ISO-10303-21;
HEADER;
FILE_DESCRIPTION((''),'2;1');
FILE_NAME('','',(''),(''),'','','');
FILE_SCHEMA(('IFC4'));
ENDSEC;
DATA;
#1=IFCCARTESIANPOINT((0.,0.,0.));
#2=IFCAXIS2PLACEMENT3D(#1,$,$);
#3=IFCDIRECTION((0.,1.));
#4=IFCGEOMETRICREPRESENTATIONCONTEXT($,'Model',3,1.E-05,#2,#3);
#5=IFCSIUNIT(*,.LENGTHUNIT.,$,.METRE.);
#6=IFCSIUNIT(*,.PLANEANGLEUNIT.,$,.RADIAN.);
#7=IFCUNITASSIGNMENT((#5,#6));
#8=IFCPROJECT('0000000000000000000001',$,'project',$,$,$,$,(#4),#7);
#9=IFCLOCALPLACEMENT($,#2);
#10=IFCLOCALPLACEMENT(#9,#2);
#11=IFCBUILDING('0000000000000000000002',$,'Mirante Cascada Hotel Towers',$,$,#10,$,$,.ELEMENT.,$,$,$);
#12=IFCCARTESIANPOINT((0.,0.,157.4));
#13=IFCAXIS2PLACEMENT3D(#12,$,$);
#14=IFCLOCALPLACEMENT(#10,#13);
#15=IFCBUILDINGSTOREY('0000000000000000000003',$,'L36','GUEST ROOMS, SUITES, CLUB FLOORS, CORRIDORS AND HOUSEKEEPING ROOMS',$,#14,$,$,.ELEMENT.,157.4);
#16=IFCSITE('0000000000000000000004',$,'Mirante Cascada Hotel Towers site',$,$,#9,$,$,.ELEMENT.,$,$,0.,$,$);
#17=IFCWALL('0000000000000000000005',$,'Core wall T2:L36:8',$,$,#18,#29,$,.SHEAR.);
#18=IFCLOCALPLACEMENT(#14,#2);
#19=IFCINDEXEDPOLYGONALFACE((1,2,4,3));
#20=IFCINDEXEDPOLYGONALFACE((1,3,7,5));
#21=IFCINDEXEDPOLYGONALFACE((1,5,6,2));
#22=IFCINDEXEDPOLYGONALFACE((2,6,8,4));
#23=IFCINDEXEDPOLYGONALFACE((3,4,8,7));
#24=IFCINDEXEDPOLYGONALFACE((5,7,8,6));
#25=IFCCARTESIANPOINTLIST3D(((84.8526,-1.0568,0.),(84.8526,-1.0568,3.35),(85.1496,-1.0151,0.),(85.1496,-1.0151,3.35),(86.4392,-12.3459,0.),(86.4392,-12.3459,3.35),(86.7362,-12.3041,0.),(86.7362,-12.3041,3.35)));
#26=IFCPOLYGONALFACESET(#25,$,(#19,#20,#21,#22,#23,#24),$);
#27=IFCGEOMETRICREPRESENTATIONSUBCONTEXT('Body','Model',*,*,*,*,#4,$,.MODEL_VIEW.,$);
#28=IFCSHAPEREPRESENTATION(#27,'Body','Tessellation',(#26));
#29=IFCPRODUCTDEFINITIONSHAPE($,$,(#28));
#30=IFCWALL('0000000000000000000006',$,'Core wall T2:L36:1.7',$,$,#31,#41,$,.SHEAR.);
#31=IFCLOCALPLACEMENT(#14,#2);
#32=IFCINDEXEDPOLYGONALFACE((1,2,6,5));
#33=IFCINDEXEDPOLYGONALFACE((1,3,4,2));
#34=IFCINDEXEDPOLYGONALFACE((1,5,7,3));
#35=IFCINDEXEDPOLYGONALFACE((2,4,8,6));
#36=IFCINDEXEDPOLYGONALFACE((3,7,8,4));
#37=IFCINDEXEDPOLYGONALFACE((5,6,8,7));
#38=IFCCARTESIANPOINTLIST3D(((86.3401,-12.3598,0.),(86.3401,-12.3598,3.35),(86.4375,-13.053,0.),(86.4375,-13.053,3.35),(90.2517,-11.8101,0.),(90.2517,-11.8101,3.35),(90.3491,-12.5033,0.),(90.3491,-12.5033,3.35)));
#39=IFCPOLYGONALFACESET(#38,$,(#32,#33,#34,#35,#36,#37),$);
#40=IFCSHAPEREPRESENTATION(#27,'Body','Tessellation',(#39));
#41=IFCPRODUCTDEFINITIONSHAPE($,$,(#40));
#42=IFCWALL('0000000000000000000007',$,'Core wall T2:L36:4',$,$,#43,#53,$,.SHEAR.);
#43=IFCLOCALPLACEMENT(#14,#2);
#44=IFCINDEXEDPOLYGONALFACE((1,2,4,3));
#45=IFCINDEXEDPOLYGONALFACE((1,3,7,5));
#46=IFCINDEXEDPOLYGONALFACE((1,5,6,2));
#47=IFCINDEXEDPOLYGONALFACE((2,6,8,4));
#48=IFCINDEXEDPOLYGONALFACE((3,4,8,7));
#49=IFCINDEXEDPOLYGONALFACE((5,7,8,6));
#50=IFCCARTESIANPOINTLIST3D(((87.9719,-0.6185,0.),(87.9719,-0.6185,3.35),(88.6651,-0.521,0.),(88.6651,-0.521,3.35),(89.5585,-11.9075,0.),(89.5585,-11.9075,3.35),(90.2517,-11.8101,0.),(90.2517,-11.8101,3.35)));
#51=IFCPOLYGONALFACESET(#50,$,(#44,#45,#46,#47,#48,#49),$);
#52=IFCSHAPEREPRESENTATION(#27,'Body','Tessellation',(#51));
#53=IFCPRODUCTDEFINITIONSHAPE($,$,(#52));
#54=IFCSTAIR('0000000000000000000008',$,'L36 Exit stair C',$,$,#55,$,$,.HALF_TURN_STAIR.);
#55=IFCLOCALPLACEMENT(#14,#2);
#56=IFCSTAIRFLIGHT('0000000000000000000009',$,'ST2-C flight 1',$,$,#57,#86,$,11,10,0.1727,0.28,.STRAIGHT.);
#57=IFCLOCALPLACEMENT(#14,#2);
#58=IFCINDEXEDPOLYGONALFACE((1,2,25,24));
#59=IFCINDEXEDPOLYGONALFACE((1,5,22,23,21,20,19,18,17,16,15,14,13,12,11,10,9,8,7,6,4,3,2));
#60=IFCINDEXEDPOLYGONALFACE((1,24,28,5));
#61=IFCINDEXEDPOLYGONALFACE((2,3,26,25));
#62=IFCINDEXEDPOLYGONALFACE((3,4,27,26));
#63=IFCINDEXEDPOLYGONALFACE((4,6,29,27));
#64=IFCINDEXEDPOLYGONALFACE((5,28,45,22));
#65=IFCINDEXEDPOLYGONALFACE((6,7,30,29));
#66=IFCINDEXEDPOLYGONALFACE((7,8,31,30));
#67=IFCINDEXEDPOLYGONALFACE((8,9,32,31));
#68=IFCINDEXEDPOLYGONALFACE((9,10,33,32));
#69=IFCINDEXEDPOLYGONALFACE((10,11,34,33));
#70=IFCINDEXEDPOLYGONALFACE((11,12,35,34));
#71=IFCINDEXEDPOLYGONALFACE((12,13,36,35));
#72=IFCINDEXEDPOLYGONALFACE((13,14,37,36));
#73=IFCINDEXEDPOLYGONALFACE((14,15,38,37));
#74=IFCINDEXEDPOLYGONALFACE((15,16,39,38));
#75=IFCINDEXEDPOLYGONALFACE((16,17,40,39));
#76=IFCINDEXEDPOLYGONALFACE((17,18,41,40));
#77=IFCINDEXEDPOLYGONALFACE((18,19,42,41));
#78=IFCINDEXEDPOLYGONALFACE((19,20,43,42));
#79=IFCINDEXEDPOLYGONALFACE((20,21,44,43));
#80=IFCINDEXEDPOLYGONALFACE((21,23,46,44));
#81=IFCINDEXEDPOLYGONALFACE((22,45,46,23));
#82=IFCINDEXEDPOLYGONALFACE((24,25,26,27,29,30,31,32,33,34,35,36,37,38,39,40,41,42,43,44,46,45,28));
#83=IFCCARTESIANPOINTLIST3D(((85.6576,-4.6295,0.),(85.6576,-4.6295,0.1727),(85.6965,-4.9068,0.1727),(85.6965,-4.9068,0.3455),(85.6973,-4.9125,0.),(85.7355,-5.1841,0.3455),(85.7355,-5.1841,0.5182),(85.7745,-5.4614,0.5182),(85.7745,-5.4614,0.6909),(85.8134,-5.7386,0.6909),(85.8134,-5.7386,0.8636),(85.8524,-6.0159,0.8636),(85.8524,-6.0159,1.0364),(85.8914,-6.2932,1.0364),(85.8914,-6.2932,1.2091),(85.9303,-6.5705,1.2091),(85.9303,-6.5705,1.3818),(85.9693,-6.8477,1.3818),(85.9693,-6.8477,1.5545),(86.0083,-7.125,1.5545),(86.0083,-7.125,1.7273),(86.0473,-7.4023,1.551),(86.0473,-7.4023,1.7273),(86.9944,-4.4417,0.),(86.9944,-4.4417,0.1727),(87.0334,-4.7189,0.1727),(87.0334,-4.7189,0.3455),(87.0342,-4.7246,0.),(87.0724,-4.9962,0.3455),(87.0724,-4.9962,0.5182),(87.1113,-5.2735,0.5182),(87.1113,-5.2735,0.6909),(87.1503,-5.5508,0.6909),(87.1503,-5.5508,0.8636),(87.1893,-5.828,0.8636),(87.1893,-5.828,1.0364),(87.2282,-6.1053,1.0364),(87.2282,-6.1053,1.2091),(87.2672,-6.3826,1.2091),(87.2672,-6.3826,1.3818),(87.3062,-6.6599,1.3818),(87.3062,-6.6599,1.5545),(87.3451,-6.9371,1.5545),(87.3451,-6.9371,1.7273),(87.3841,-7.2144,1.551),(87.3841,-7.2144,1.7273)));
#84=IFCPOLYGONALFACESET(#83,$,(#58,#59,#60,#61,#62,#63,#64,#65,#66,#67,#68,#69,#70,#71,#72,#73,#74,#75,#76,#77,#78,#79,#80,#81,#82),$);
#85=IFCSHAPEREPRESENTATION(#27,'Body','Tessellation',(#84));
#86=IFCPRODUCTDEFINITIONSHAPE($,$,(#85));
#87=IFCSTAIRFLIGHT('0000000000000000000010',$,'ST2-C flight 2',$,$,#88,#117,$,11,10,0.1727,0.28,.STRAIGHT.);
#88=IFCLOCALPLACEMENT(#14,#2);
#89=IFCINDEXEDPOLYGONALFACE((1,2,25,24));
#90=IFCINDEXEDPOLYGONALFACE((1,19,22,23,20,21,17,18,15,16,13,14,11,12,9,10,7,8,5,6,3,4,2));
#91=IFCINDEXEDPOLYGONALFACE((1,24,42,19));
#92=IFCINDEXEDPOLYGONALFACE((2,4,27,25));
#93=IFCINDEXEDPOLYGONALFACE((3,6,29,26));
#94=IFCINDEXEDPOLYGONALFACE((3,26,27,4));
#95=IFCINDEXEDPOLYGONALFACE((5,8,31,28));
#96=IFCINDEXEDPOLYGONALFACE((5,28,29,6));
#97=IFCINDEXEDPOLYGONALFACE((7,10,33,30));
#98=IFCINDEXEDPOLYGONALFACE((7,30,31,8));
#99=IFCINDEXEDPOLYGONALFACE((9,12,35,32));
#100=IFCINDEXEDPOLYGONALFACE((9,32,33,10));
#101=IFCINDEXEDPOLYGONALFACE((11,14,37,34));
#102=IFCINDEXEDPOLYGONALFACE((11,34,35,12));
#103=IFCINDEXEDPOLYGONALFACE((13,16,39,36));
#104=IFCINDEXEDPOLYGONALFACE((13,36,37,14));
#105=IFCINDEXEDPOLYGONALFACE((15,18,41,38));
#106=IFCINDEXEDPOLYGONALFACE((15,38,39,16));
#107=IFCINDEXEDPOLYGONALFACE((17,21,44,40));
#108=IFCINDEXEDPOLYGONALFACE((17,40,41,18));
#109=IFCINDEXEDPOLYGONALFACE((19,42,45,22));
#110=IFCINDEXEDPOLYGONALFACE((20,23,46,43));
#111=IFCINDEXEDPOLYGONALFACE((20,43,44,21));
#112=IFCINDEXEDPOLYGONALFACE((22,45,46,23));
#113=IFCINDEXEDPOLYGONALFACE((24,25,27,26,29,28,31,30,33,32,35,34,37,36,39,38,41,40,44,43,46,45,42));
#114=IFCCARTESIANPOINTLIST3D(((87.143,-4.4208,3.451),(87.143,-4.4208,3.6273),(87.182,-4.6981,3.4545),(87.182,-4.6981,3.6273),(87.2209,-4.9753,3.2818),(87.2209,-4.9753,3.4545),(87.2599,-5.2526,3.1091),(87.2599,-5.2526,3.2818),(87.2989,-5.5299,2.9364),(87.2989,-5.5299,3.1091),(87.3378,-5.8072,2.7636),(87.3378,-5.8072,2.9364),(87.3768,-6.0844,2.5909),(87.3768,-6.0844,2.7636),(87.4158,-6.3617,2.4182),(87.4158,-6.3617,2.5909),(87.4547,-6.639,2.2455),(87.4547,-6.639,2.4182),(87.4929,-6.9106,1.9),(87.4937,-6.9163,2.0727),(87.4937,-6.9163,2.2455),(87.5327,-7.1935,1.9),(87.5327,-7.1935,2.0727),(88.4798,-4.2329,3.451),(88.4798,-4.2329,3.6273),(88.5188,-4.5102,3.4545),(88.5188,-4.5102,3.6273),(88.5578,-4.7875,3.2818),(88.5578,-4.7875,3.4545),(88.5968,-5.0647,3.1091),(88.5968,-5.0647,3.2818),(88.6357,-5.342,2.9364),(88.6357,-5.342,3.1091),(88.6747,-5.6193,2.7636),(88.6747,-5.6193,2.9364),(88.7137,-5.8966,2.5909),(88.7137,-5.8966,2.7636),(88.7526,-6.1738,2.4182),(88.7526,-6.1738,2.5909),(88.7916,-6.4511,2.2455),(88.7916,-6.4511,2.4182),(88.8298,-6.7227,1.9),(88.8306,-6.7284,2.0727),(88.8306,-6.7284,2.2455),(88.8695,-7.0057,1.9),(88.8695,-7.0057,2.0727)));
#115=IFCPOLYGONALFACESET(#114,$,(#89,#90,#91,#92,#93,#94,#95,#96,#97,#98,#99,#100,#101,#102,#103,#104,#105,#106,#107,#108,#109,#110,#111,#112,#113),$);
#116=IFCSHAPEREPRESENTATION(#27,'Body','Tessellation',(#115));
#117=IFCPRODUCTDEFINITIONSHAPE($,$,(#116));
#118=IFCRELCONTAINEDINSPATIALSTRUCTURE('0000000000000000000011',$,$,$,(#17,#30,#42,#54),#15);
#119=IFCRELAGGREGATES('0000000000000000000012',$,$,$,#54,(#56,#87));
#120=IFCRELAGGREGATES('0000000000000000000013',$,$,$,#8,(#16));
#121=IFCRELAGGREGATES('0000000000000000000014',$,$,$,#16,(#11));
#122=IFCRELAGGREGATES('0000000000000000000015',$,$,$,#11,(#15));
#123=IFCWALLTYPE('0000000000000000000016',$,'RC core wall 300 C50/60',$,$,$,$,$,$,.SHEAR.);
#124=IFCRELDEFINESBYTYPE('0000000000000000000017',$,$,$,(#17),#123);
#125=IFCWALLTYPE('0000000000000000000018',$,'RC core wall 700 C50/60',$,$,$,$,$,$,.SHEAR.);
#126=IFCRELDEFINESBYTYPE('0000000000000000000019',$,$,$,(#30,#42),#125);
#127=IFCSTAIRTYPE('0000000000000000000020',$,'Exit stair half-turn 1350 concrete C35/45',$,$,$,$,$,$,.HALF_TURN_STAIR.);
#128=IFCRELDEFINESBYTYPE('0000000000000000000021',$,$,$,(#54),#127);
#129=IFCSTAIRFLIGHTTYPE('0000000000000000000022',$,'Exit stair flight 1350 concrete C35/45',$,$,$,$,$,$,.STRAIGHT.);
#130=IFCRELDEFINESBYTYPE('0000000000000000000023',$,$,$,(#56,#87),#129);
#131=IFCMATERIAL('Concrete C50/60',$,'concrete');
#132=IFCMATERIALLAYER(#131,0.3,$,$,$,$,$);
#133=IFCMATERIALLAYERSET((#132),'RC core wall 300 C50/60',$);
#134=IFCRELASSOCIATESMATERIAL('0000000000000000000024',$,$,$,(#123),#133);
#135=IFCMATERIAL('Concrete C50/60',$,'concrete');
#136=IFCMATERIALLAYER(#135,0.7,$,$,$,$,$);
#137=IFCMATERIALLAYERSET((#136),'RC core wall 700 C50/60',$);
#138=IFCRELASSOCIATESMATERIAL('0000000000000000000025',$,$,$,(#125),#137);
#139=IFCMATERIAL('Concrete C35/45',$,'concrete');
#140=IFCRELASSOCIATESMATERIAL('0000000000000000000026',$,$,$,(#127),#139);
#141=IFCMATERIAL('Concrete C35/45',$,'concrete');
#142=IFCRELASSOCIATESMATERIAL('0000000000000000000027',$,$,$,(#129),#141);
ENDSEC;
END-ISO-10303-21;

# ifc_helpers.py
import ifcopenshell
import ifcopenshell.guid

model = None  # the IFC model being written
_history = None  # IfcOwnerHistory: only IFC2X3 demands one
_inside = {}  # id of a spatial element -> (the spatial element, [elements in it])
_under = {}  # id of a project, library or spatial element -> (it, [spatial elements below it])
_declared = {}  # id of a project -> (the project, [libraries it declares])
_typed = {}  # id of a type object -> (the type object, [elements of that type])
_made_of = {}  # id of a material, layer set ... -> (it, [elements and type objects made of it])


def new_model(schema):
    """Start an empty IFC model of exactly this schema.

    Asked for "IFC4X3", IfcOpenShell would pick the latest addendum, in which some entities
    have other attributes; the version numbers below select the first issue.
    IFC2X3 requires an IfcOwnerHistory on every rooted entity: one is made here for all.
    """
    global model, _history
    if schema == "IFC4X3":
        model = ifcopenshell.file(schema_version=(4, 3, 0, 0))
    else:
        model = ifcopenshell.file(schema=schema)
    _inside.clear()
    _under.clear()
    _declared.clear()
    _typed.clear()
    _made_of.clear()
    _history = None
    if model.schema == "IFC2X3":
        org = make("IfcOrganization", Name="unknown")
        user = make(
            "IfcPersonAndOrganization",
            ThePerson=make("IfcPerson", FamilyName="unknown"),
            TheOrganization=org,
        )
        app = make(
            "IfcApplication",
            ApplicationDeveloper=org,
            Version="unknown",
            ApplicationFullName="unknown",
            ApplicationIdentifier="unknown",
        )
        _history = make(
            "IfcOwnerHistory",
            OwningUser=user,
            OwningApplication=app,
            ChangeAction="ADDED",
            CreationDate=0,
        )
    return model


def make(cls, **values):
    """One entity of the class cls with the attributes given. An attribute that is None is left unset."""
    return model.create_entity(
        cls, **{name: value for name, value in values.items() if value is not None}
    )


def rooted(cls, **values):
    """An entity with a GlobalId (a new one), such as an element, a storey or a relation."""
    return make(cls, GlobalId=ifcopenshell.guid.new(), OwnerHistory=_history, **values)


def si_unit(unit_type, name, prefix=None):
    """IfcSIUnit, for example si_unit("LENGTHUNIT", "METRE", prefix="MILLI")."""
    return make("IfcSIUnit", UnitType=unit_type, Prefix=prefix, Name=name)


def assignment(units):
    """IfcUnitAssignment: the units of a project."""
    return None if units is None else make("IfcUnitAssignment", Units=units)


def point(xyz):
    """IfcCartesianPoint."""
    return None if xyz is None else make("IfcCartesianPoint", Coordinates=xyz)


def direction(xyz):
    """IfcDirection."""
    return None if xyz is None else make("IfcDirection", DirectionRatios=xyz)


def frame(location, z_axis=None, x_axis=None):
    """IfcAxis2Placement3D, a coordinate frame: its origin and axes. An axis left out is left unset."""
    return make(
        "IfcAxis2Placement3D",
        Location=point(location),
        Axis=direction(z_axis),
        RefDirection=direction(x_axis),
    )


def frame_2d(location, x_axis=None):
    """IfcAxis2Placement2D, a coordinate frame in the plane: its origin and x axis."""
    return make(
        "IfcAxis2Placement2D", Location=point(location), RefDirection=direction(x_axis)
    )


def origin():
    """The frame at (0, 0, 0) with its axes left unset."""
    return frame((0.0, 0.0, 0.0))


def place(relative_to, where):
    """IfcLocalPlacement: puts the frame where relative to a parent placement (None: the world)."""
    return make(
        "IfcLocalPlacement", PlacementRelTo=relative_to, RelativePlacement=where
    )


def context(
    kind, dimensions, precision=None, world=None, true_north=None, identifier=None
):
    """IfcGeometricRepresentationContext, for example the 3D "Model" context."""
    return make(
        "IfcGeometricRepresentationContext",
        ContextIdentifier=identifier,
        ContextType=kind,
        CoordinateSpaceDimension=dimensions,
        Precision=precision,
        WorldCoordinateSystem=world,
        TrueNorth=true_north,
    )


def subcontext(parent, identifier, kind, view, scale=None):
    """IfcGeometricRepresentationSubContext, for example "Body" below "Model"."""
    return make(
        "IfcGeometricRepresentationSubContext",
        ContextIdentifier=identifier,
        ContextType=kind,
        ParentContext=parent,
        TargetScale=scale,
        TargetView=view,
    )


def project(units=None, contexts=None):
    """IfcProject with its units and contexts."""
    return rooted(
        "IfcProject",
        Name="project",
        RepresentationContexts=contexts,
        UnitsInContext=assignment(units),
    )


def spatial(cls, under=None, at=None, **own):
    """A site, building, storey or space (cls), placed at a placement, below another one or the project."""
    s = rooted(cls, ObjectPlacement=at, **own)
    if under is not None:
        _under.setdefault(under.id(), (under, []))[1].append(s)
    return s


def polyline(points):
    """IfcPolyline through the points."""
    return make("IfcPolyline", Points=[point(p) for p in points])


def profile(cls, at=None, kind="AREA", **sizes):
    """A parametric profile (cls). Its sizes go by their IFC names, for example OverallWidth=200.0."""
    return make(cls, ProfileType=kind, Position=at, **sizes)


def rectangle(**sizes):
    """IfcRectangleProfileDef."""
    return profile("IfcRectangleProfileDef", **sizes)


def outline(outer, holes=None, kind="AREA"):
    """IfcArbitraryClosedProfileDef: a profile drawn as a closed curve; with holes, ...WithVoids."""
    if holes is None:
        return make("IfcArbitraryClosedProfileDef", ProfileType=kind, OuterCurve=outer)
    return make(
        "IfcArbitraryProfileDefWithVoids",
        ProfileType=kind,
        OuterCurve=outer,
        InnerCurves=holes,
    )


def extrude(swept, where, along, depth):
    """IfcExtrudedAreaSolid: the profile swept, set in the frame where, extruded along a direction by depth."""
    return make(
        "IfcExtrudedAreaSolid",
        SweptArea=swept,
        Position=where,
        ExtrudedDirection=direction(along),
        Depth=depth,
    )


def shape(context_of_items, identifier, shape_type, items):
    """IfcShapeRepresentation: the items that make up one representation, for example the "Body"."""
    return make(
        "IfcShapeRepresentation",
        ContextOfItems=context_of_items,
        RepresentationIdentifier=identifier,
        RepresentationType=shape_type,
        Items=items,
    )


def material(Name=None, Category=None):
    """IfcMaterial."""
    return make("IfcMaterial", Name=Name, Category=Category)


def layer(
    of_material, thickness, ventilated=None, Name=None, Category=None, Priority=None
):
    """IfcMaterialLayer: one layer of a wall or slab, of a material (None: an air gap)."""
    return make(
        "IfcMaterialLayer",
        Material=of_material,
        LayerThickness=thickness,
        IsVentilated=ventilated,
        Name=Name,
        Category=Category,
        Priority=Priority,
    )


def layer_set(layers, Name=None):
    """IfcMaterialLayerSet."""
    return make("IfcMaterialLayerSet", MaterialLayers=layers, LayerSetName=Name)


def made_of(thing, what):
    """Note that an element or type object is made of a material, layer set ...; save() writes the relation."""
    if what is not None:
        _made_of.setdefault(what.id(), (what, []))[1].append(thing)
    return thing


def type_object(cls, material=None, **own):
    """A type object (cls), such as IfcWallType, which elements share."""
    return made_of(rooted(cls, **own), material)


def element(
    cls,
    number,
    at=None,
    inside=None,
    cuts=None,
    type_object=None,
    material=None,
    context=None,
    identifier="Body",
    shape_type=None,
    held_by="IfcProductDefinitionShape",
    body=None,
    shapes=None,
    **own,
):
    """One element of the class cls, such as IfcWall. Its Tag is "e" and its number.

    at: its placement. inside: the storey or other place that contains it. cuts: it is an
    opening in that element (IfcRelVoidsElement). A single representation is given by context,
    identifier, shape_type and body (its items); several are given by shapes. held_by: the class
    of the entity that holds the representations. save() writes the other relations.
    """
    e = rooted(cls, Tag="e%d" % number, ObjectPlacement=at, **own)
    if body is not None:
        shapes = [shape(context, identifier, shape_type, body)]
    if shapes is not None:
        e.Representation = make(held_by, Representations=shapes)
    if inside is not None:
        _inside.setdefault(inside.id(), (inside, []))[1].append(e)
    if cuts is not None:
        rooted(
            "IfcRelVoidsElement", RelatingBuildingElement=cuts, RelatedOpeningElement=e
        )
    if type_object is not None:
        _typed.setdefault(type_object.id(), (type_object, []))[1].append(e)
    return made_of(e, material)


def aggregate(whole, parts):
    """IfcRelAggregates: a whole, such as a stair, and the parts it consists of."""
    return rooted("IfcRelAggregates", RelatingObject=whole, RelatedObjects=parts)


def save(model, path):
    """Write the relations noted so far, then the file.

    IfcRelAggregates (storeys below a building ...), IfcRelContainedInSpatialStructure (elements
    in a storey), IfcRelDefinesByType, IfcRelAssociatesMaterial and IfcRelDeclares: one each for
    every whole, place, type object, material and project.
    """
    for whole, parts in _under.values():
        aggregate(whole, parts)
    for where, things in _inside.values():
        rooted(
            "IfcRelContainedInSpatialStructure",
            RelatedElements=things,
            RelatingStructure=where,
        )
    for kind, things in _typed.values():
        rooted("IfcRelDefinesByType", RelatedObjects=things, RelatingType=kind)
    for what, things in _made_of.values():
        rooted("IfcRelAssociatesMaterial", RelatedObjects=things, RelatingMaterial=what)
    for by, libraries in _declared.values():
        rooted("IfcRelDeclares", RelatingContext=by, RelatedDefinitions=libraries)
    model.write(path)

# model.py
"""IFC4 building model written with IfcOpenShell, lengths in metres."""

from ifc_helpers import new_model, si_unit, direction, frame, frame_2d, origin, place, context, subcontext, project, spatial, polyline, rectangle, outline, extrude, material, layer, layer_set, type_object, element, aggregate, save


model = new_model("IFC4")

# Units and contexts
model_context = context("Model", 3, precision=1e-05, world=origin(), true_north=direction((0.0, 1.0)))
body_context = subcontext(model_context, "Body", "Model", "MODEL_VIEW")
ifc_project = project(units=[si_unit("LENGTHUNIT", "METRE"), si_unit("PLANEANGLEUNIT", "RADIAN")], contexts=[model_context])

# Site, building, storey
site_placement = place(None, origin())
site = spatial("IfcSite", under=ifc_project, at=site_placement, Name="Mirante Cascada Hotel Towers site", CompositionType="ELEMENT", RefElevation=0.0)
building_placement = place(site_placement, origin())
building = spatial("IfcBuilding", under=site, at=building_placement, Name="Mirante Cascada Hotel Towers", CompositionType="ELEMENT")
storey_placement = place(building_placement, frame((0.0, 0.0, 157.4)))
storey = spatial("IfcBuildingStorey", under=building, at=storey_placement, Name="L36", Description="GUEST ROOMS, SUITES, CLUB FLOORS, CORRIDORS AND HOUSEKEEPING ROOMS", CompositionType="ELEMENT", Elevation=157.4)

# Walls
ifc_material_1 = material(Name="Concrete C50/60", Category="concrete")
ifc_layer_1 = layer(ifc_material_1, 0.3)
ifc_layer_set_1 = layer_set([ifc_layer_1], Name="RC core wall 300 C50/60")
wall_type_1 = type_object("IfcWallType", Name="RC core wall 300 C50/60", PredefinedType="SHEAR", material=ifc_layer_set_1)
wall_1_placement = place(storey_placement, frame((86.5877, -12.325, 0.0), z_axis=(0.0, 0.0, 1.0), x_axis=(-0.139175, 0.990268, 0.0)))
element("IfcWall", 1, at=wall_1_placement, inside=storey, type_object=wall_type_1, Name="Core wall T2:L36:8", PredefinedType="SHEAR", context=body_context, shape_type="SweptSolid", body=[
    extrude(rectangle(XDim=11.4, YDim=0.3, at=frame_2d((5.7, 0.0))), origin(), (0.0, 0.0, 1.0), 3.35),
])
ifc_material_2 = material(Name="Concrete C50/60", Category="concrete")
ifc_layer_2 = layer(ifc_material_2, 0.7)
ifc_layer_set_2 = layer_set([ifc_layer_2], Name="RC core wall 700 C50/60")
wall_type_2 = type_object("IfcWallType", Name="RC core wall 700 C50/60", PredefinedType="SHEAR", material=ifc_layer_set_2)
wall_2_placement = place(storey_placement, frame((86.3888, -12.7064, 0.0), z_axis=(0.0, 0.0, 1.0), x_axis=(0.990269, 0.139163, 0.0)))
element("IfcWall", 2, at=wall_2_placement, inside=storey, type_object=wall_type_2, Name="Core wall T2:L36:1.7", PredefinedType="SHEAR", context=body_context, shape_type="SweptSolid", body=[
    extrude(rectangle(XDim=3.95, YDim=0.7, at=frame_2d((1.975, 0.0))), origin(), (0.0, 0.0, 1.0), 3.35),
])
wall_3_placement = place(storey_placement, frame((89.9051, -11.8588, 0.0), z_axis=(0.0, 0.0, 1.0), x_axis=(-0.139175, 0.990268, 0.0)))
element("IfcWall", 3, at=wall_3_placement, inside=storey, type_object=wall_type_2, Name="Core wall T2:L36:4", PredefinedType="SHEAR", context=body_context, shape_type="SweptSolid", body=[
    extrude(rectangle(XDim=11.4, YDim=0.7, at=frame_2d((5.7, 0.0))), origin(), (0.0, 0.0, 1.0), 3.35),
])

# Stair, stair flights
ifc_material_3 = material(Name="Concrete C35/45", Category="concrete")
stair_type = type_object("IfcStairType", Name="Exit stair half-turn 1350 concrete C35/45", PredefinedType="HALF_TURN_STAIR", material=ifc_material_3)
stair_placement = place(storey_placement, origin())
stair = element("IfcStair", 4, at=stair_placement, inside=storey, type_object=stair_type, Name="L36 Exit stair C", PredefinedType="HALF_TURN_STAIR")
ifc_material_4 = material(Name="Concrete C35/45", Category="concrete")
stair_flight_type = type_object("IfcStairFlightType", Name="Exit stair flight 1350 concrete C35/45", PredefinedType="STRAIGHT", material=ifc_material_4)
stair_flight_1_placement = place(storey_placement, frame((86.326, -4.5356, 0.0), z_axis=(0.0, 0.0, 1.0), x_axis=(0.139173, -0.990268, 0.0)))
stair_flight_1 = element("IfcStairFlight", 5, at=stair_flight_1_placement, type_object=stair_flight_type, Name="ST2-C flight 1", NumberOfRisers=11, NumberOfTreads=10, PredefinedType="STRAIGHT", RiserHeight=0.1727, TreadLength=0.28, context=body_context, shape_type="SweptSolid", body=[
    extrude(outline(polyline([(0.0, 0.0), (0.0, 0.1727), (0.28, 0.1727), (0.28, 0.3455), (0.56, 0.3455), (0.56, 0.5182), (0.84, 0.5182), (0.84, 0.6909), (1.12, 0.6909), (1.12, 0.8636), (1.4, 0.8636), (1.4, 1.0364), (1.68, 1.0364), (1.68, 1.2091), (1.96, 1.2091), (1.96, 1.3818), (2.24, 1.3818), (2.24, 1.5545), (2.52, 1.5545), (2.52, 1.7273), (2.8, 1.7273), (2.8, 1.9), (2.8, 1.551), (0.2857, 0.0), (0.0, 0.0)])), frame((0.0, 0.675, 0.0), z_axis=(0.0, -1.0, 0.0), x_axis=(1.0, 0.0, 0.0)), (0.0, 0.0, 1.0), 1.35),
])
stair_flight_2_placement = place(storey_placement, frame((88.2011, -7.0996, 1.9), z_axis=(0.0, 0.0, 1.0), x_axis=(-0.139173, 0.990268, 0.0)))
stair_flight_2 = element("IfcStairFlight", 6, at=stair_flight_2_placement, type_object=stair_flight_type, Name="ST2-C flight 2", NumberOfRisers=11, NumberOfTreads=10, PredefinedType="STRAIGHT", RiserHeight=0.1727, TreadLength=0.28, context=body_context, shape_type="SweptSolid", body=[
    extrude(outline(polyline([(0.0, 0.0), (0.0, 0.1727), (0.28, 0.1727), (0.28, 0.3455), (0.56, 0.3455), (0.56, 0.5182), (0.84, 0.5182), (0.84, 0.6909), (1.12, 0.6909), (1.12, 0.8636), (1.4, 0.8636), (1.4, 1.0364), (1.68, 1.0364), (1.68, 1.2091), (1.96, 1.2091), (1.96, 1.3818), (2.24, 1.3818), (2.24, 1.5545), (2.52, 1.5545), (2.52, 1.7273), (2.8, 1.7273), (2.8, 1.9), (2.8, 1.551), (0.2857, 0.0), (0.0, 0.0)])), frame((0.0, 0.675, 0.0), z_axis=(0.0, -1.0, 0.0), x_axis=(1.0, 0.0, 0.0)), (0.0, 0.0, 1.0), 1.35),
])
aggregate(stair, [stair_flight_1, stair_flight_2])

save(model, "model.ifc")
